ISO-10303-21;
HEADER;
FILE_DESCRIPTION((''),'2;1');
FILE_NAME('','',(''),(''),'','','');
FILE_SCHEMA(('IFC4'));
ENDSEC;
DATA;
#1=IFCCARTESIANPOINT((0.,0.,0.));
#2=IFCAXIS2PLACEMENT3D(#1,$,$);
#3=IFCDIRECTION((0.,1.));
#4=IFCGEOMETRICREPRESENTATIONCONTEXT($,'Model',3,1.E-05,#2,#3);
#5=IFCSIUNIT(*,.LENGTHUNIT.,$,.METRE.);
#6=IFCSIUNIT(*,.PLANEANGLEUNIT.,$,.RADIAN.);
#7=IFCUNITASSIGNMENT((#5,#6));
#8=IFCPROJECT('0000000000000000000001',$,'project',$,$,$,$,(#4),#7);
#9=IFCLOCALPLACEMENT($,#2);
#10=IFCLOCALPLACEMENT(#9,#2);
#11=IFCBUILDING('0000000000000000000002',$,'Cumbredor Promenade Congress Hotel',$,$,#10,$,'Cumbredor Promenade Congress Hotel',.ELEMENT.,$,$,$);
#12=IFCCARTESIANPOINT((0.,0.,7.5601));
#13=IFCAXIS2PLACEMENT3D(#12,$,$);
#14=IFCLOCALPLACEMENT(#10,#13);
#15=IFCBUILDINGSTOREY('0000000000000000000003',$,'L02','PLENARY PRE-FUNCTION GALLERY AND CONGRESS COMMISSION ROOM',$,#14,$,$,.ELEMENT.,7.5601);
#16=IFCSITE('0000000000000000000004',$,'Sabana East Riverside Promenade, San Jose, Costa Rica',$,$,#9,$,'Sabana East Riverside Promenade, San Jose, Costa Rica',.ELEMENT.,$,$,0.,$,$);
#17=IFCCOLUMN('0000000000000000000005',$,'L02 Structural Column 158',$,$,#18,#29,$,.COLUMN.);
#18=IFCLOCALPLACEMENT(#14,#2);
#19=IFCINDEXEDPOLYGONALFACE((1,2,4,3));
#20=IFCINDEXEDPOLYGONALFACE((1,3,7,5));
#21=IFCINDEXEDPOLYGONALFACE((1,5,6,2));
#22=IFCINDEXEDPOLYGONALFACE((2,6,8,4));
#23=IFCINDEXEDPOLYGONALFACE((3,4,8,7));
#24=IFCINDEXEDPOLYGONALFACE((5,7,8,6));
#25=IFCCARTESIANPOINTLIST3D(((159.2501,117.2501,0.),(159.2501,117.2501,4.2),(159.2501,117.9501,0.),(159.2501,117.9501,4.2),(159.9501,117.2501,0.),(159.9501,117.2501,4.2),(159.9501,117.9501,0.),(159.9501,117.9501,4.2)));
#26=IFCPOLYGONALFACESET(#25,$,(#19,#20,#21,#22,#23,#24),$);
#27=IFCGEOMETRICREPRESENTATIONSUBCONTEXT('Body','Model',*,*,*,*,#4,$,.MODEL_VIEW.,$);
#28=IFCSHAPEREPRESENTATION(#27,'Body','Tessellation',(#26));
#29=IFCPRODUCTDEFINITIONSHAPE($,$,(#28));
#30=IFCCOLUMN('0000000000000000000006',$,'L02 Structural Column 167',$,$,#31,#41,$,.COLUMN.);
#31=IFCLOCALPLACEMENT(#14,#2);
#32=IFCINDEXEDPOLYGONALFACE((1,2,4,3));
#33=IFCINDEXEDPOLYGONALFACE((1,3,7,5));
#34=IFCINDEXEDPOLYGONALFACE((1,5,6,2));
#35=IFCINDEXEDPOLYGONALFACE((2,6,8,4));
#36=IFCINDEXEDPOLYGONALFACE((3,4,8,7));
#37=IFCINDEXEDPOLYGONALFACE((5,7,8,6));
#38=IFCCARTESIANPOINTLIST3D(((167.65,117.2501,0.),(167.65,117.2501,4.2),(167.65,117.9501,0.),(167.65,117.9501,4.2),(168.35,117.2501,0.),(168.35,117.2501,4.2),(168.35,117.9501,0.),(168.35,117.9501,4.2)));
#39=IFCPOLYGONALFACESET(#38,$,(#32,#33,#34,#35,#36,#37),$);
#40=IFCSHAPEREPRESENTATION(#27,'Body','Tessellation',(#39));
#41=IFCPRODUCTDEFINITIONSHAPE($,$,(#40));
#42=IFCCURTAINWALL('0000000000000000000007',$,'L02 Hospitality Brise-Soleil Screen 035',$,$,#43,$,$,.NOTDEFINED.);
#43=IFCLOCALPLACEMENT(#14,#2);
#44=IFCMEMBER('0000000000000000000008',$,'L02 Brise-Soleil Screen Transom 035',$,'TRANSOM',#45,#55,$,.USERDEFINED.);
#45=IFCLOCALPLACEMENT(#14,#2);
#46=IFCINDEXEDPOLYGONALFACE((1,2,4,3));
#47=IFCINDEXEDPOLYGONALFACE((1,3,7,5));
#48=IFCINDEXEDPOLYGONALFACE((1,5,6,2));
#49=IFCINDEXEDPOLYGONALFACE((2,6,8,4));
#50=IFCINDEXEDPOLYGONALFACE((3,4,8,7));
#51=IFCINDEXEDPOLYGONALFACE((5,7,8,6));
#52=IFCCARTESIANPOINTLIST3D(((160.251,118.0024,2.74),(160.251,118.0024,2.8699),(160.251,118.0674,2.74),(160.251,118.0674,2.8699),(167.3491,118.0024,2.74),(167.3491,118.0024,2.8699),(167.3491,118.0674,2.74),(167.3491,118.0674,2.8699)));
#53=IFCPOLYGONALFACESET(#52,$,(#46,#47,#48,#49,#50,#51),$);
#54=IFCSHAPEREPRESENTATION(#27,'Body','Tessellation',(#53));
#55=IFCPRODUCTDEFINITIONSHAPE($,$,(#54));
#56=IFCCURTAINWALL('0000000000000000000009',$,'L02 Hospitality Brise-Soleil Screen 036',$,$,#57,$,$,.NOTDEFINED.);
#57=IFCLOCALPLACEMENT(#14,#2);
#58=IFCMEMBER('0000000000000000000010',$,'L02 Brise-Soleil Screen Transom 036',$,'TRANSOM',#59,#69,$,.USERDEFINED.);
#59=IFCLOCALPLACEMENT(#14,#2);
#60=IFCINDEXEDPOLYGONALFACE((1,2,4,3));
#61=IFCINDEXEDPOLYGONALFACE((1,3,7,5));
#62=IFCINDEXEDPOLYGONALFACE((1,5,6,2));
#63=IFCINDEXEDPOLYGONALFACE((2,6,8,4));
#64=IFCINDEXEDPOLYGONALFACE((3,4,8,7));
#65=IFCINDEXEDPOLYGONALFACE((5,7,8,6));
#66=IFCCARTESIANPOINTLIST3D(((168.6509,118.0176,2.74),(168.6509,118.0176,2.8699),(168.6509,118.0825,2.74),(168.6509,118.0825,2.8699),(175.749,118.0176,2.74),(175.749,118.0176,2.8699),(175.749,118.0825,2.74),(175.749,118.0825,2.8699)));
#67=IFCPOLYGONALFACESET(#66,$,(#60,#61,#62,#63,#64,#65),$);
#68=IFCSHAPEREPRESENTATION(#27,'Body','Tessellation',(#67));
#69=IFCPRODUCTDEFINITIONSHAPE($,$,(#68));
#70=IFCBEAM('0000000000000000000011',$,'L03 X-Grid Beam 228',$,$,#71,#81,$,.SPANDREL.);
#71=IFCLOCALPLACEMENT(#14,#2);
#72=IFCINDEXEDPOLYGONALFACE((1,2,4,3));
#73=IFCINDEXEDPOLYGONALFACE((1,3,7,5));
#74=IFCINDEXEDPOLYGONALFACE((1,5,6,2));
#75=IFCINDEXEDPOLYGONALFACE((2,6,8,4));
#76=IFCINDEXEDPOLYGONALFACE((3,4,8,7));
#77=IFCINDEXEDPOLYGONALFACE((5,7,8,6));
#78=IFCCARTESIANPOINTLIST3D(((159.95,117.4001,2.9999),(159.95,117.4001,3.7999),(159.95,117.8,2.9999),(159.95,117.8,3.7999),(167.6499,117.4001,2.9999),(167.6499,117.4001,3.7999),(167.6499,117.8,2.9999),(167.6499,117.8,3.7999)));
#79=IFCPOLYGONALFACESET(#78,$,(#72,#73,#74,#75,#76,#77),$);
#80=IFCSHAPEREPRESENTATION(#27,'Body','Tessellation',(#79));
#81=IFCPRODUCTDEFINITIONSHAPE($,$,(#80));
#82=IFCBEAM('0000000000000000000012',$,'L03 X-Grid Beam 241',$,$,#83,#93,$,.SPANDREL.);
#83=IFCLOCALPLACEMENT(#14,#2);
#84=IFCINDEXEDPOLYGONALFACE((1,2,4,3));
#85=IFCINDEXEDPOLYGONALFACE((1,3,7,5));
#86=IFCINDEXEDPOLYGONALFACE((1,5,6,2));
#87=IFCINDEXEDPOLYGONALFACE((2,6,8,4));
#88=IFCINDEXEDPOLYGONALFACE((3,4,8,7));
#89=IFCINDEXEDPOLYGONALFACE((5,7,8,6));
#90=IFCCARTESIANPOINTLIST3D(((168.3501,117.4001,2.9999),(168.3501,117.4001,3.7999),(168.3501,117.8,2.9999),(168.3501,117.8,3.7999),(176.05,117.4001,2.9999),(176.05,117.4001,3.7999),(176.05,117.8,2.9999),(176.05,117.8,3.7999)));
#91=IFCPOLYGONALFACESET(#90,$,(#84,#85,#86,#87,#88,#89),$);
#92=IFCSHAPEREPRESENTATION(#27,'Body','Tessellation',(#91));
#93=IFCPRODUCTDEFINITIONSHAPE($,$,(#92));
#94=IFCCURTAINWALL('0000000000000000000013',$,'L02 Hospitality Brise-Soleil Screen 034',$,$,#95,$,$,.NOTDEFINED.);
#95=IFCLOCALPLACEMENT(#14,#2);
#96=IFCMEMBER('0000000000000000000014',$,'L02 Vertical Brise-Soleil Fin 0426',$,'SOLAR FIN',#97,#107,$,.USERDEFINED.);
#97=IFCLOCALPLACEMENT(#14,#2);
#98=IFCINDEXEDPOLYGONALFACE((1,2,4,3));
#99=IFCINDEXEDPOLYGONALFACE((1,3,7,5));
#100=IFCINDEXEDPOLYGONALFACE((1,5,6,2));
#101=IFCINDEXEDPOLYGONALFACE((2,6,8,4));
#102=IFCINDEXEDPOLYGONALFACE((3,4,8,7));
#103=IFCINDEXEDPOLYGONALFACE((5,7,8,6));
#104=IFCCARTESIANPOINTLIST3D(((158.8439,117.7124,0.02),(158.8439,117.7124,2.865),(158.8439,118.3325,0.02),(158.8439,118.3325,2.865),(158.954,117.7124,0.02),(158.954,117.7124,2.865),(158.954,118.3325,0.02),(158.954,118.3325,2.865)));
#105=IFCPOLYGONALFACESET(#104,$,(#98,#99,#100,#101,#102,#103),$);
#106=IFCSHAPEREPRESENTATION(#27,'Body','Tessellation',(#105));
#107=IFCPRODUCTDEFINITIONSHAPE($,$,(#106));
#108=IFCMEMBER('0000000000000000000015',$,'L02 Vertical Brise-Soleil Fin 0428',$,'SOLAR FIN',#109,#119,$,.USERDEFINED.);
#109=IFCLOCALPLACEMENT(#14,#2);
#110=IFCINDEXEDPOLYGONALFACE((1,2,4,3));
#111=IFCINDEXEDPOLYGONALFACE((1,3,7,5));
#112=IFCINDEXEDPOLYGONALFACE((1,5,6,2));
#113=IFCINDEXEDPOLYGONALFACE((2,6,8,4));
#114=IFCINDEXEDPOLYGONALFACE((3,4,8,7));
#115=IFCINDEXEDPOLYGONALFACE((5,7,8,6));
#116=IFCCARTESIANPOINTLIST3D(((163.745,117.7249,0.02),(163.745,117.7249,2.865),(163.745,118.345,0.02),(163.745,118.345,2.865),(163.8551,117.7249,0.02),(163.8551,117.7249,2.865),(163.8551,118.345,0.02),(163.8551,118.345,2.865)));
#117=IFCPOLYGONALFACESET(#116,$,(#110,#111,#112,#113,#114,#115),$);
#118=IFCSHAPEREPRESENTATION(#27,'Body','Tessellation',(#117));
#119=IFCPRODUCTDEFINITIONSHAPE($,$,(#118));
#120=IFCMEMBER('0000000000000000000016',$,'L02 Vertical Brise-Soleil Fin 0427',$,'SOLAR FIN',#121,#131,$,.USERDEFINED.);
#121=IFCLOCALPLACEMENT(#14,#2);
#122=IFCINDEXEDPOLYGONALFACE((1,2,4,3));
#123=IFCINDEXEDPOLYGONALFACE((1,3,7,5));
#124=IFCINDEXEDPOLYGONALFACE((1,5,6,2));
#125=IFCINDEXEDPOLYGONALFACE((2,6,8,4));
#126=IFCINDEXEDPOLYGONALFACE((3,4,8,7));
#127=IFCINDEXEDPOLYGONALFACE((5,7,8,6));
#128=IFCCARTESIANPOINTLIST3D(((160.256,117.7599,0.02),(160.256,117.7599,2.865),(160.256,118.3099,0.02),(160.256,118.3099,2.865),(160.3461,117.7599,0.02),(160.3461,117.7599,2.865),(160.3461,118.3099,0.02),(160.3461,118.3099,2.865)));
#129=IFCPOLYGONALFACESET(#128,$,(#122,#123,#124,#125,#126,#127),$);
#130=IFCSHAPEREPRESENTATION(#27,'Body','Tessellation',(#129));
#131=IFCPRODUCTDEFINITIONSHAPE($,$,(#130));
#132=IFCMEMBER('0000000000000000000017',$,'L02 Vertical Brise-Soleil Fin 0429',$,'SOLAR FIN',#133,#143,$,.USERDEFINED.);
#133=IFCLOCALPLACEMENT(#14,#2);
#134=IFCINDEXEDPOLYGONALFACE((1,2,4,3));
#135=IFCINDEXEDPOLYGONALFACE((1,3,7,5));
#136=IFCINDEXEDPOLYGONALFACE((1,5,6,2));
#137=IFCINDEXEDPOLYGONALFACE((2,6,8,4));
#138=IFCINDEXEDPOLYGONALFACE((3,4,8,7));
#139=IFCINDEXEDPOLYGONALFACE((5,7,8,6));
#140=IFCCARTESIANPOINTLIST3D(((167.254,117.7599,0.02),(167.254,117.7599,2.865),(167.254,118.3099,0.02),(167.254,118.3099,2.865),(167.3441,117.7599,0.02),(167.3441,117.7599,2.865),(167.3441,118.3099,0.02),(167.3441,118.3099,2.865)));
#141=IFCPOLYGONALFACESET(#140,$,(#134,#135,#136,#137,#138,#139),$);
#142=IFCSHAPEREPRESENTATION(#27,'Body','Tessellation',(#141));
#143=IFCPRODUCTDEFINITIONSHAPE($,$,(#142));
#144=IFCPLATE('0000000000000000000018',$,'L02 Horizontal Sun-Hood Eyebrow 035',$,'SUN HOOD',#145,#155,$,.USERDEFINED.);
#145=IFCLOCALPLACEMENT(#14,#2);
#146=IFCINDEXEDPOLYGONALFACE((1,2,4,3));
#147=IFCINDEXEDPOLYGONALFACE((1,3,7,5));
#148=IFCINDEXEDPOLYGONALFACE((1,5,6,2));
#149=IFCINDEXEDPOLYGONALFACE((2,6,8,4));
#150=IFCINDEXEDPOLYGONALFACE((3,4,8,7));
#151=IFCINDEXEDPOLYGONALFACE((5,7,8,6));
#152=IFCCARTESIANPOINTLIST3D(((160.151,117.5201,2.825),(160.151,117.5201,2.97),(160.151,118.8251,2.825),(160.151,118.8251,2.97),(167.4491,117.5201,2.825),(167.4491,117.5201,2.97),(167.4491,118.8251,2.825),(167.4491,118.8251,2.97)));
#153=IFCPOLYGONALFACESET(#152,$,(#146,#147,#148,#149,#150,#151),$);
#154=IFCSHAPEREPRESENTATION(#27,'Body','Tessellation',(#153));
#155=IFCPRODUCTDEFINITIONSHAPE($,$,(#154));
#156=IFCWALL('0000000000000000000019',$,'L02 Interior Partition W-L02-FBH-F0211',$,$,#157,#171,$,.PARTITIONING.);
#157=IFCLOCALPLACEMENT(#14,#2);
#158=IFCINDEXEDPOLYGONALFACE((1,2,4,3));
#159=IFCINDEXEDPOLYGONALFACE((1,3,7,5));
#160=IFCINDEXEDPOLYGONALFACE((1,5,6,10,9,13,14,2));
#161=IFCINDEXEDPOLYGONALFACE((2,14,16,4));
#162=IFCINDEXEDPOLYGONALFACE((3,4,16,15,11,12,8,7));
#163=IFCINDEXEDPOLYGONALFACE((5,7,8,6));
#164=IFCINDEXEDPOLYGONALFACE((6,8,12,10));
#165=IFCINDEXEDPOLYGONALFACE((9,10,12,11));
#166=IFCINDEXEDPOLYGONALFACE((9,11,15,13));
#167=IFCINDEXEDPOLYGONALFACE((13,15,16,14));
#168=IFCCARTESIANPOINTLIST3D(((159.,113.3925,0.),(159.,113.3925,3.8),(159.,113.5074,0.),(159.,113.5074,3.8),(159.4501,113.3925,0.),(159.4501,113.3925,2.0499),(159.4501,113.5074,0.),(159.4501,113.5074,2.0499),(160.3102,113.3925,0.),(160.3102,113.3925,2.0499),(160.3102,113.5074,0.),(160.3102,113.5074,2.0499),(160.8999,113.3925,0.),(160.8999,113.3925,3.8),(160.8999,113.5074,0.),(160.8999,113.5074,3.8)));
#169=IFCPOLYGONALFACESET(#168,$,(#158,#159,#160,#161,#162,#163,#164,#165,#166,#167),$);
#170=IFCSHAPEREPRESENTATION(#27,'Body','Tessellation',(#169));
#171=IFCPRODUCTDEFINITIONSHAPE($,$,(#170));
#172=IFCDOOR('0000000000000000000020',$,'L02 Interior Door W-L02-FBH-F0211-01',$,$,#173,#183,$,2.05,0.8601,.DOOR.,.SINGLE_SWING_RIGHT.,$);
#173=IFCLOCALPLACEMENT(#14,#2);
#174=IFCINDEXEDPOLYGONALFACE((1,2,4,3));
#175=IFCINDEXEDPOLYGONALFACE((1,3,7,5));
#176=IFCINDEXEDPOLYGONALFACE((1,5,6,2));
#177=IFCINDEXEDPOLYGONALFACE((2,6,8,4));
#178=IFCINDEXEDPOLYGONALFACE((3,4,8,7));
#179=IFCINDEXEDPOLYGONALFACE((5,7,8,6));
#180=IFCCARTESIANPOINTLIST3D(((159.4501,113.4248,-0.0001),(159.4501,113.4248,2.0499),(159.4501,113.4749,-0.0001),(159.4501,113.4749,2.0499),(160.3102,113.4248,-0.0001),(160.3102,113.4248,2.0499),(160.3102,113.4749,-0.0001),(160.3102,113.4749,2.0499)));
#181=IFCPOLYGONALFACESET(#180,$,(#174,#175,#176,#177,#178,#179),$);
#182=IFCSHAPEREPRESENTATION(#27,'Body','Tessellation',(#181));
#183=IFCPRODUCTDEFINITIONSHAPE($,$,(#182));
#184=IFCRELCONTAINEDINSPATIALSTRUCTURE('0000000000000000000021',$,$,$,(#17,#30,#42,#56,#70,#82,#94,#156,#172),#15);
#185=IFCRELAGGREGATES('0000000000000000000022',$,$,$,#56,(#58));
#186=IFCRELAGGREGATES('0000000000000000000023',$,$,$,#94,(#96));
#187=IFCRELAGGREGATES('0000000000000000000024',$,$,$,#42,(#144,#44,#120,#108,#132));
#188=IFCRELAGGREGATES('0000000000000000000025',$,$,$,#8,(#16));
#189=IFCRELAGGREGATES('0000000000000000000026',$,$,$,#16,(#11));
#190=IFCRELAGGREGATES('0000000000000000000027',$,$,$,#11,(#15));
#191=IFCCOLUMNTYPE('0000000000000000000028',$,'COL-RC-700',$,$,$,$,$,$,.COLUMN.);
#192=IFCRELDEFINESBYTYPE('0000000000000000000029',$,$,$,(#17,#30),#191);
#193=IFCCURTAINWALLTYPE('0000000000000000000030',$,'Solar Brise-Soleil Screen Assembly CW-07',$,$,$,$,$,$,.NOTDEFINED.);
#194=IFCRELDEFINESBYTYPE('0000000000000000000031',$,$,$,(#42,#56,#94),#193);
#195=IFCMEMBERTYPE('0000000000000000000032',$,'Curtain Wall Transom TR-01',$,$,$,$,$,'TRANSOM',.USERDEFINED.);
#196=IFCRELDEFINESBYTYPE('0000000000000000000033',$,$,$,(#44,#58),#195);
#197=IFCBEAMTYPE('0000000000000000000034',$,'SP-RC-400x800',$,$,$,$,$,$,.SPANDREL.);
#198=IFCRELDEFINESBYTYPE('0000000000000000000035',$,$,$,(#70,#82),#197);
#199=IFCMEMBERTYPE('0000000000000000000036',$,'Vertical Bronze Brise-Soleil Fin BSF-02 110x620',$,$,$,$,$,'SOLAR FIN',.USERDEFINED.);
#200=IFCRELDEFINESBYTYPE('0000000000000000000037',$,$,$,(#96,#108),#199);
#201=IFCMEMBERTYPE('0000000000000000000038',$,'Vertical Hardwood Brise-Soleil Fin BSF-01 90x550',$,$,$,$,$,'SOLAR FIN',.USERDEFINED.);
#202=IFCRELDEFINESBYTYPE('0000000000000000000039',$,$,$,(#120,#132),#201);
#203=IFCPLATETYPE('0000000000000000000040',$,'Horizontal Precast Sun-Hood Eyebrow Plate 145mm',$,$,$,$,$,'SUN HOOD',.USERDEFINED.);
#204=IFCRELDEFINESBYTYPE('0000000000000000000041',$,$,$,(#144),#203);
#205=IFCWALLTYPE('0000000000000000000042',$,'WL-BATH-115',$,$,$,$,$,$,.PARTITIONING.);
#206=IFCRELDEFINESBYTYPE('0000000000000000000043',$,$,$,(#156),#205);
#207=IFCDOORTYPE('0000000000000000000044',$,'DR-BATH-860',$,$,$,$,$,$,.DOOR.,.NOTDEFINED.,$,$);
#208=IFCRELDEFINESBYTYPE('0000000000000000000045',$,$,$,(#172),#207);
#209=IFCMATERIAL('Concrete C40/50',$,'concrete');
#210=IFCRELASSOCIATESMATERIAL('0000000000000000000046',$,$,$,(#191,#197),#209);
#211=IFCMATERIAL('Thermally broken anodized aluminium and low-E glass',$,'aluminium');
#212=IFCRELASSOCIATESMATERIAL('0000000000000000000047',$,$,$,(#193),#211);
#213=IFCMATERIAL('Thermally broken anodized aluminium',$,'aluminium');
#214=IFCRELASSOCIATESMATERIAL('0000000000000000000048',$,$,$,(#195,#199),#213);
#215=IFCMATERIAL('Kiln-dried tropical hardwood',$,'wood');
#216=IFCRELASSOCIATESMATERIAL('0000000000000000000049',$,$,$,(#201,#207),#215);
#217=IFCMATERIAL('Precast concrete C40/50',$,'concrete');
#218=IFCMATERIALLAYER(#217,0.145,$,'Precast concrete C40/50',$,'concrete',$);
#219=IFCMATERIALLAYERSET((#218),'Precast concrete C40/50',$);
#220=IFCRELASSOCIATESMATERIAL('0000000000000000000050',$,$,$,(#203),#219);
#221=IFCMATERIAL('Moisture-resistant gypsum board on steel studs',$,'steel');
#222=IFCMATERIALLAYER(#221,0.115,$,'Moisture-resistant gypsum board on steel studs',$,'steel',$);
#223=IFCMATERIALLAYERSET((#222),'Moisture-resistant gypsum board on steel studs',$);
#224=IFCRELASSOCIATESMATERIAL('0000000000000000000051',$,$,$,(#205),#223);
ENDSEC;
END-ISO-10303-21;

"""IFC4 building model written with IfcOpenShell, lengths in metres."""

from ifc_helpers import new_model, si_unit, direction, frame, frame_2d, origin, origin_2d, place, context, subcontext, project, spatial, rectangle, extrude, material, layer, layer_set, material_profile, profile_set, type_object, element, fill, aggregate, save


model = new_model("IFC4")

# Units and contexts
model_context = context("Model", 3, precision=1e-05, world=origin(), true_north=direction((0.0, 1.0)))
body_context = subcontext(model_context, "Body", "Model", "MODEL_VIEW")
ifc_project = project(units=[si_unit("LENGTHUNIT", "METRE"), si_unit("PLANEANGLEUNIT", "RADIAN")], contexts=[model_context])

# Site, building, storey
site_placement = place(None, origin())
site = spatial("IfcSite", under=ifc_project, at=site_placement, Name="Sabana East Riverside Promenade, San Jose, Costa Rica", LongName="Sabana East Riverside Promenade, San Jose, Costa Rica", CompositionType="ELEMENT", RefElevation=0.0)
building_placement = place(site_placement, origin())
building = spatial("IfcBuilding", under=site, at=building_placement, Name="Cumbredor Promenade Congress Hotel", LongName="Cumbredor Promenade Congress Hotel", CompositionType="ELEMENT")
storey_placement = place(building_placement, frame((0.0, 0.0, 7.5601)))
storey = spatial("IfcBuildingStorey", under=building, at=storey_placement, Name="L02", Description="PLENARY PRE-FUNCTION GALLERY AND CONGRESS COMMISSION ROOM", CompositionType="ELEMENT", Elevation=7.5601)

# Columns
ifc_material_1 = material(Name="Concrete C40/50", Category="concrete")
ifc_material_profile_1 = material_profile(ifc_material_1, rectangle(XDim=0.7, YDim=0.7, at=origin_2d()), Name="RC 700x700")
ifc_profile_set_1 = profile_set([ifc_material_profile_1], Name="Concrete C40/50")
column_type = type_object("IfcColumnType", Name="COL-RC-700", PredefinedType="COLUMN", material=ifc_profile_set_1)
for number, where, z_axis, x_axis, name in (
    (1, (159.6001, 117.6001, 0.0), (0.0, 0.0, 1.0), (1.0, 0.0, 0.0), "L02 Structural Column 158"),
    (2, (168.0, 117.6001, 0.0), (0.0, 0.0, 1.0), (1.0, 0.0, 0.0), "L02 Structural Column 167"),
):
    element("IfcColumn", number, at=place(storey_placement, frame(where, z_axis=z_axis, x_axis=x_axis)), inside=storey, type_object=column_type, Name=name, PredefinedType="COLUMN", context=body_context, shape_type="SweptSolid", body=[
        extrude(rectangle(XDim=0.7, YDim=0.7, at=origin_2d()), origin(), (0.0, 0.0, 1.0), 4.2),
    ])

# Curtain walls, members
ifc_material_2 = material(Name="Thermally broken anodized aluminium and low-E glass", Category="aluminium")
curtain_wall_type = type_object("IfcCurtainWallType", Name="Solar Brise-Soleil Screen Assembly CW-07", PredefinedType="NOTDEFINED", material=ifc_material_2)
curtain_wall_1_placement = place(storey_placement, origin())
curtain_wall_1 = element("IfcCurtainWall", 3, at=curtain_wall_1_placement, inside=storey, type_object=curtain_wall_type, Name="L02 Hospitality Brise-Soleil Screen 035", PredefinedType="NOTDEFINED")
ifc_material_3 = material(Name="Thermally broken anodized aluminium", Category="aluminium")
ifc_material_profile_2 = material_profile(ifc_material_3, rectangle(XDim=0.0649, YDim=0.1299, at=origin_2d()), Name="ALU TRANSOM 65x130")
ifc_profile_set_2 = profile_set([ifc_material_profile_2], Name="Thermally broken anodized aluminium")
member_type_1 = type_object("IfcMemberType", Name="Curtain Wall Transom TR-01", ElementType="TRANSOM", PredefinedType="USERDEFINED", material=ifc_profile_set_2)
member_1_placement = place(storey_placement, frame((160.251, 118.0349, 2.8049), z_axis=(1.0, 0.0, 0.0), x_axis=(0.0, 1.0, 0.0)))
member_1 = element("IfcMember", 4, at=member_1_placement, type_object=member_type_1, Name="L02 Brise-Soleil Screen Transom 035", ObjectType="TRANSOM", PredefinedType="USERDEFINED", context=body_context, shape_type="SweptSolid", body=[
    extrude(rectangle(XDim=0.0649, YDim=0.1299, at=origin_2d()), origin(), (0.0, 0.0, 1.0), 7.0981),
])
curtain_wall_2_placement = place(storey_placement, origin())
curtain_wall_2 = element("IfcCurtainWall", 5, at=curtain_wall_2_placement, inside=storey, type_object=curtain_wall_type, Name="L02 Hospitality Brise-Soleil Screen 036", PredefinedType="NOTDEFINED")
member_2_placement = place(storey_placement, frame((168.6509, 118.05, 2.8049), z_axis=(1.0, 0.0, 0.0), x_axis=(0.0, 1.0, 0.0)))
member_2 = element("IfcMember", 6, at=member_2_placement, type_object=member_type_1, Name="L02 Brise-Soleil Screen Transom 036", ObjectType="TRANSOM", PredefinedType="USERDEFINED", context=body_context, shape_type="SweptSolid", body=[
    extrude(rectangle(XDim=0.0649, YDim=0.1299, at=origin_2d()), origin(), (0.0, 0.0, 1.0), 7.0981),
])
aggregate(curtain_wall_2, [member_2])

# Beams
ifc_material_profile_3 = material_profile(ifc_material_1, rectangle(XDim=0.3999, YDim=0.8, at=origin_2d()), Name="RC SPANDREL 400x800")
ifc_profile_set_3 = profile_set([ifc_material_profile_3], Name="Concrete C40/50")
beam_type = type_object("IfcBeamType", Name="SP-RC-400x800", PredefinedType="SPANDREL", material=ifc_profile_set_3)
for number, where, z_axis, x_axis, name in (
    (7, (159.95, 117.6001, 3.3999), (1.0, 0.0, 0.0), (0.0, 1.0, 0.0), "L03 X-Grid Beam 228"),
    (8, (168.3501, 117.6001, 3.3999), (1.0, 0.0, 0.0), (0.0, 1.0, 0.0), "L03 X-Grid Beam 241"),
):
    element("IfcBeam", number, at=place(storey_placement, frame(where, z_axis=z_axis, x_axis=x_axis)), inside=storey, type_object=beam_type, Name=name, PredefinedType="SPANDREL", context=body_context, shape_type="SweptSolid", body=[
        extrude(rectangle(XDim=0.3999, YDim=0.8, at=origin_2d()), origin(), (0.0, 0.0, 1.0), 7.7),
    ])

# Curtain wall, member
curtain_wall_3_placement = place(storey_placement, origin())
curtain_wall_3 = element("IfcCurtainWall", 9, at=curtain_wall_3_placement, inside=storey, type_object=curtain_wall_type, Name="L02 Hospitality Brise-Soleil Screen 034", PredefinedType="NOTDEFINED")
ifc_material_profile_4 = material_profile(ifc_material_3, rectangle(XDim=0.1101, YDim=0.6201, at=origin_2d()), Name="ARCH FIN 110x620")
ifc_profile_set_4 = profile_set([ifc_material_profile_4], Name="Thermally broken anodized aluminium")
member_type_2 = type_object("IfcMemberType", Name="Vertical Bronze Brise-Soleil Fin BSF-02 110x620", ElementType="SOLAR FIN", PredefinedType="USERDEFINED", material=ifc_profile_set_4)
member_3_placement = place(storey_placement, frame((158.8989, 118.0225, 0.02), z_axis=(0.0, 0.0, 1.0), x_axis=(1.0, 0.0, 0.0)))
member_3 = element("IfcMember", 10, at=member_3_placement, type_object=member_type_2, Name="L02 Vertical Brise-Soleil Fin 0426", ObjectType="SOLAR FIN", PredefinedType="USERDEFINED", context=body_context, shape_type="SweptSolid", body=[
    extrude(rectangle(XDim=0.1101, YDim=0.6201, at=origin_2d()), origin(), (0.0, 0.0, 1.0), 2.845),
])
aggregate(curtain_wall_3, [member_3])

# Members
member_4_placement = place(storey_placement, frame((163.8, 118.0349, 0.02), z_axis=(0.0, 0.0, 1.0), x_axis=(1.0, 0.0, 0.0)))
member_4 = element("IfcMember", 11, at=member_4_placement, type_object=member_type_2, Name="L02 Vertical Brise-Soleil Fin 0428", ObjectType="SOLAR FIN", PredefinedType="USERDEFINED", context=body_context, shape_type="SweptSolid", body=[
    extrude(rectangle(XDim=0.1101, YDim=0.6201, at=origin_2d()), origin(), (0.0, 0.0, 1.0), 2.845),
])
ifc_material_4 = material(Name="Kiln-dried tropical hardwood", Category="wood")
ifc_material_profile_5 = material_profile(ifc_material_4, rectangle(XDim=0.0901, YDim=0.55, at=origin_2d()), Name="ARCH FIN 90x550")
ifc_profile_set_5 = profile_set([ifc_material_profile_5], Name="Kiln-dried tropical hardwood")
member_type_3 = type_object("IfcMemberType", Name="Vertical Hardwood Brise-Soleil Fin BSF-01 90x550", ElementType="SOLAR FIN", PredefinedType="USERDEFINED", material=ifc_profile_set_5)
member_5_placement = place(storey_placement, frame((160.301, 118.0349, 0.02), z_axis=(0.0, 0.0, 1.0), x_axis=(1.0, 0.0, 0.0)))
member_5 = element("IfcMember", 12, at=member_5_placement, type_object=member_type_3, Name="L02 Vertical Brise-Soleil Fin 0427", ObjectType="SOLAR FIN", PredefinedType="USERDEFINED", context=body_context, shape_type="SweptSolid", body=[
    extrude(rectangle(XDim=0.0901, YDim=0.55, at=origin_2d()), origin(), (0.0, 0.0, 1.0), 2.845),
])
member_6_placement = place(storey_placement, frame((167.2991, 118.0349, 0.02), z_axis=(0.0, 0.0, 1.0), x_axis=(1.0, 0.0, 0.0)))
member_6 = element("IfcMember", 13, at=member_6_placement, type_object=member_type_3, Name="L02 Vertical Brise-Soleil Fin 0429", ObjectType="SOLAR FIN", PredefinedType="USERDEFINED", context=body_context, shape_type="SweptSolid", body=[
    extrude(rectangle(XDim=0.0901, YDim=0.55, at=origin_2d()), origin(), (0.0, 0.0, 1.0), 2.845),
])

# Plate
ifc_material_5 = material(Name="Precast concrete C40/50", Category="concrete")
ifc_layer_1 = layer(ifc_material_5, 0.145, Name="Precast concrete C40/50", Category="concrete")
ifc_layer_set_1 = layer_set([ifc_layer_1], Name="Precast concrete C40/50")
plate_type = type_object("IfcPlateType", Name="Horizontal Precast Sun-Hood Eyebrow Plate 145mm", ElementType="SUN HOOD", PredefinedType="USERDEFINED", material=ifc_layer_set_1)
plate_placement = place(storey_placement, frame((163.8, 118.1726, 2.825), z_axis=(0.0, 0.0, 1.0), x_axis=(1.0, 0.0, 0.0)))
plate = element("IfcPlate", 14, at=plate_placement, type_object=plate_type, Name="L02 Horizontal Sun-Hood Eyebrow 035", ObjectType="SUN HOOD", PredefinedType="USERDEFINED", context=body_context, shape_type="SweptSolid", body=[
    extrude(rectangle(XDim=7.2981, YDim=1.3049, at=origin_2d()), origin(), (0.0, 0.0, 1.0), 0.145),
])
aggregate(curtain_wall_1, [plate, member_1, member_5, member_4, member_6])

# Wall, opening, door
ifc_material_6 = material(Name="Moisture-resistant gypsum board on steel studs", Category="steel")
ifc_layer_2 = layer(ifc_material_6, 0.115, Name="Moisture-resistant gypsum board on steel studs", Category="steel")
ifc_layer_set_2 = layer_set([ifc_layer_2], Name="Moisture-resistant gypsum board on steel studs")
wall_type_1 = type_object("IfcWallType", Name="WL-BATH-115", PredefinedType="PARTITIONING", material=ifc_layer_set_2)
wall_1_placement = place(storey_placement, frame((159.0, 113.45, 0.0), z_axis=(0.0, 0.0, 1.0), x_axis=(1.0, 0.0, 0.0)))
wall_1 = element("IfcWall", 15, at=wall_1_placement, inside=storey, type_object=wall_type_1, Name="L02 Interior Partition W-L02-FBH-F0211", PredefinedType="PARTITIONING", context=body_context, shape_type="SweptSolid", body=[
    extrude(rectangle(XDim=1.8999, YDim=0.115, at=frame_2d((0.95, 0.0))), origin(), (0.0, 0.0, 1.0), 3.8),
])
opening_1_placement = place(wall_1_placement, frame((0.45, 0.0, 0.0)))
opening_1 = element("IfcOpeningElement", 16, at=opening_1_placement, cuts=wall_1, PredefinedType="OPENING", context=body_context, shape_type="SweptSolid", body=[
    extrude(rectangle(XDim=0.8601, YDim=2.05, at=frame_2d((0.4302, 1.0249))), frame((0.0, 0.0674, 0.0), z_axis=(0.0, -1.0, 0.0), x_axis=(1.0, 0.0, 0.0)), (0.0, 0.0, 1.0), 0.135),
])
door_type = type_object("IfcDoorType", Name="DR-BATH-860", OperationType="NOTDEFINED", PredefinedType="DOOR", material=ifc_material_4)
door_1_placement = place(opening_1_placement, origin())
door_1 = element("IfcDoor", 17, at=door_1_placement, inside=storey, type_object=door_type, Name="L02 Interior Door W-L02-FBH-F0211-01", OperationType="SINGLE_SWING_RIGHT", OverallHeight=2.05, OverallWidth=0.8601, PredefinedType="DOOR", context=body_context, shape_type="SweptSolid", body=[
    extrude(rectangle(XDim=0.8601, YDim=2.05, at=frame_2d((0.4302, 1.0249))), frame((0.0, 0.0249, 0.0), z_axis=(0.0, -1.0, 0.0), x_axis=(1.0, 0.0, 0.0)), (0.0, 0.0, 1.0), 0.05),
])
fill(opening_1, door_1)

save(model, "model.ifc")
